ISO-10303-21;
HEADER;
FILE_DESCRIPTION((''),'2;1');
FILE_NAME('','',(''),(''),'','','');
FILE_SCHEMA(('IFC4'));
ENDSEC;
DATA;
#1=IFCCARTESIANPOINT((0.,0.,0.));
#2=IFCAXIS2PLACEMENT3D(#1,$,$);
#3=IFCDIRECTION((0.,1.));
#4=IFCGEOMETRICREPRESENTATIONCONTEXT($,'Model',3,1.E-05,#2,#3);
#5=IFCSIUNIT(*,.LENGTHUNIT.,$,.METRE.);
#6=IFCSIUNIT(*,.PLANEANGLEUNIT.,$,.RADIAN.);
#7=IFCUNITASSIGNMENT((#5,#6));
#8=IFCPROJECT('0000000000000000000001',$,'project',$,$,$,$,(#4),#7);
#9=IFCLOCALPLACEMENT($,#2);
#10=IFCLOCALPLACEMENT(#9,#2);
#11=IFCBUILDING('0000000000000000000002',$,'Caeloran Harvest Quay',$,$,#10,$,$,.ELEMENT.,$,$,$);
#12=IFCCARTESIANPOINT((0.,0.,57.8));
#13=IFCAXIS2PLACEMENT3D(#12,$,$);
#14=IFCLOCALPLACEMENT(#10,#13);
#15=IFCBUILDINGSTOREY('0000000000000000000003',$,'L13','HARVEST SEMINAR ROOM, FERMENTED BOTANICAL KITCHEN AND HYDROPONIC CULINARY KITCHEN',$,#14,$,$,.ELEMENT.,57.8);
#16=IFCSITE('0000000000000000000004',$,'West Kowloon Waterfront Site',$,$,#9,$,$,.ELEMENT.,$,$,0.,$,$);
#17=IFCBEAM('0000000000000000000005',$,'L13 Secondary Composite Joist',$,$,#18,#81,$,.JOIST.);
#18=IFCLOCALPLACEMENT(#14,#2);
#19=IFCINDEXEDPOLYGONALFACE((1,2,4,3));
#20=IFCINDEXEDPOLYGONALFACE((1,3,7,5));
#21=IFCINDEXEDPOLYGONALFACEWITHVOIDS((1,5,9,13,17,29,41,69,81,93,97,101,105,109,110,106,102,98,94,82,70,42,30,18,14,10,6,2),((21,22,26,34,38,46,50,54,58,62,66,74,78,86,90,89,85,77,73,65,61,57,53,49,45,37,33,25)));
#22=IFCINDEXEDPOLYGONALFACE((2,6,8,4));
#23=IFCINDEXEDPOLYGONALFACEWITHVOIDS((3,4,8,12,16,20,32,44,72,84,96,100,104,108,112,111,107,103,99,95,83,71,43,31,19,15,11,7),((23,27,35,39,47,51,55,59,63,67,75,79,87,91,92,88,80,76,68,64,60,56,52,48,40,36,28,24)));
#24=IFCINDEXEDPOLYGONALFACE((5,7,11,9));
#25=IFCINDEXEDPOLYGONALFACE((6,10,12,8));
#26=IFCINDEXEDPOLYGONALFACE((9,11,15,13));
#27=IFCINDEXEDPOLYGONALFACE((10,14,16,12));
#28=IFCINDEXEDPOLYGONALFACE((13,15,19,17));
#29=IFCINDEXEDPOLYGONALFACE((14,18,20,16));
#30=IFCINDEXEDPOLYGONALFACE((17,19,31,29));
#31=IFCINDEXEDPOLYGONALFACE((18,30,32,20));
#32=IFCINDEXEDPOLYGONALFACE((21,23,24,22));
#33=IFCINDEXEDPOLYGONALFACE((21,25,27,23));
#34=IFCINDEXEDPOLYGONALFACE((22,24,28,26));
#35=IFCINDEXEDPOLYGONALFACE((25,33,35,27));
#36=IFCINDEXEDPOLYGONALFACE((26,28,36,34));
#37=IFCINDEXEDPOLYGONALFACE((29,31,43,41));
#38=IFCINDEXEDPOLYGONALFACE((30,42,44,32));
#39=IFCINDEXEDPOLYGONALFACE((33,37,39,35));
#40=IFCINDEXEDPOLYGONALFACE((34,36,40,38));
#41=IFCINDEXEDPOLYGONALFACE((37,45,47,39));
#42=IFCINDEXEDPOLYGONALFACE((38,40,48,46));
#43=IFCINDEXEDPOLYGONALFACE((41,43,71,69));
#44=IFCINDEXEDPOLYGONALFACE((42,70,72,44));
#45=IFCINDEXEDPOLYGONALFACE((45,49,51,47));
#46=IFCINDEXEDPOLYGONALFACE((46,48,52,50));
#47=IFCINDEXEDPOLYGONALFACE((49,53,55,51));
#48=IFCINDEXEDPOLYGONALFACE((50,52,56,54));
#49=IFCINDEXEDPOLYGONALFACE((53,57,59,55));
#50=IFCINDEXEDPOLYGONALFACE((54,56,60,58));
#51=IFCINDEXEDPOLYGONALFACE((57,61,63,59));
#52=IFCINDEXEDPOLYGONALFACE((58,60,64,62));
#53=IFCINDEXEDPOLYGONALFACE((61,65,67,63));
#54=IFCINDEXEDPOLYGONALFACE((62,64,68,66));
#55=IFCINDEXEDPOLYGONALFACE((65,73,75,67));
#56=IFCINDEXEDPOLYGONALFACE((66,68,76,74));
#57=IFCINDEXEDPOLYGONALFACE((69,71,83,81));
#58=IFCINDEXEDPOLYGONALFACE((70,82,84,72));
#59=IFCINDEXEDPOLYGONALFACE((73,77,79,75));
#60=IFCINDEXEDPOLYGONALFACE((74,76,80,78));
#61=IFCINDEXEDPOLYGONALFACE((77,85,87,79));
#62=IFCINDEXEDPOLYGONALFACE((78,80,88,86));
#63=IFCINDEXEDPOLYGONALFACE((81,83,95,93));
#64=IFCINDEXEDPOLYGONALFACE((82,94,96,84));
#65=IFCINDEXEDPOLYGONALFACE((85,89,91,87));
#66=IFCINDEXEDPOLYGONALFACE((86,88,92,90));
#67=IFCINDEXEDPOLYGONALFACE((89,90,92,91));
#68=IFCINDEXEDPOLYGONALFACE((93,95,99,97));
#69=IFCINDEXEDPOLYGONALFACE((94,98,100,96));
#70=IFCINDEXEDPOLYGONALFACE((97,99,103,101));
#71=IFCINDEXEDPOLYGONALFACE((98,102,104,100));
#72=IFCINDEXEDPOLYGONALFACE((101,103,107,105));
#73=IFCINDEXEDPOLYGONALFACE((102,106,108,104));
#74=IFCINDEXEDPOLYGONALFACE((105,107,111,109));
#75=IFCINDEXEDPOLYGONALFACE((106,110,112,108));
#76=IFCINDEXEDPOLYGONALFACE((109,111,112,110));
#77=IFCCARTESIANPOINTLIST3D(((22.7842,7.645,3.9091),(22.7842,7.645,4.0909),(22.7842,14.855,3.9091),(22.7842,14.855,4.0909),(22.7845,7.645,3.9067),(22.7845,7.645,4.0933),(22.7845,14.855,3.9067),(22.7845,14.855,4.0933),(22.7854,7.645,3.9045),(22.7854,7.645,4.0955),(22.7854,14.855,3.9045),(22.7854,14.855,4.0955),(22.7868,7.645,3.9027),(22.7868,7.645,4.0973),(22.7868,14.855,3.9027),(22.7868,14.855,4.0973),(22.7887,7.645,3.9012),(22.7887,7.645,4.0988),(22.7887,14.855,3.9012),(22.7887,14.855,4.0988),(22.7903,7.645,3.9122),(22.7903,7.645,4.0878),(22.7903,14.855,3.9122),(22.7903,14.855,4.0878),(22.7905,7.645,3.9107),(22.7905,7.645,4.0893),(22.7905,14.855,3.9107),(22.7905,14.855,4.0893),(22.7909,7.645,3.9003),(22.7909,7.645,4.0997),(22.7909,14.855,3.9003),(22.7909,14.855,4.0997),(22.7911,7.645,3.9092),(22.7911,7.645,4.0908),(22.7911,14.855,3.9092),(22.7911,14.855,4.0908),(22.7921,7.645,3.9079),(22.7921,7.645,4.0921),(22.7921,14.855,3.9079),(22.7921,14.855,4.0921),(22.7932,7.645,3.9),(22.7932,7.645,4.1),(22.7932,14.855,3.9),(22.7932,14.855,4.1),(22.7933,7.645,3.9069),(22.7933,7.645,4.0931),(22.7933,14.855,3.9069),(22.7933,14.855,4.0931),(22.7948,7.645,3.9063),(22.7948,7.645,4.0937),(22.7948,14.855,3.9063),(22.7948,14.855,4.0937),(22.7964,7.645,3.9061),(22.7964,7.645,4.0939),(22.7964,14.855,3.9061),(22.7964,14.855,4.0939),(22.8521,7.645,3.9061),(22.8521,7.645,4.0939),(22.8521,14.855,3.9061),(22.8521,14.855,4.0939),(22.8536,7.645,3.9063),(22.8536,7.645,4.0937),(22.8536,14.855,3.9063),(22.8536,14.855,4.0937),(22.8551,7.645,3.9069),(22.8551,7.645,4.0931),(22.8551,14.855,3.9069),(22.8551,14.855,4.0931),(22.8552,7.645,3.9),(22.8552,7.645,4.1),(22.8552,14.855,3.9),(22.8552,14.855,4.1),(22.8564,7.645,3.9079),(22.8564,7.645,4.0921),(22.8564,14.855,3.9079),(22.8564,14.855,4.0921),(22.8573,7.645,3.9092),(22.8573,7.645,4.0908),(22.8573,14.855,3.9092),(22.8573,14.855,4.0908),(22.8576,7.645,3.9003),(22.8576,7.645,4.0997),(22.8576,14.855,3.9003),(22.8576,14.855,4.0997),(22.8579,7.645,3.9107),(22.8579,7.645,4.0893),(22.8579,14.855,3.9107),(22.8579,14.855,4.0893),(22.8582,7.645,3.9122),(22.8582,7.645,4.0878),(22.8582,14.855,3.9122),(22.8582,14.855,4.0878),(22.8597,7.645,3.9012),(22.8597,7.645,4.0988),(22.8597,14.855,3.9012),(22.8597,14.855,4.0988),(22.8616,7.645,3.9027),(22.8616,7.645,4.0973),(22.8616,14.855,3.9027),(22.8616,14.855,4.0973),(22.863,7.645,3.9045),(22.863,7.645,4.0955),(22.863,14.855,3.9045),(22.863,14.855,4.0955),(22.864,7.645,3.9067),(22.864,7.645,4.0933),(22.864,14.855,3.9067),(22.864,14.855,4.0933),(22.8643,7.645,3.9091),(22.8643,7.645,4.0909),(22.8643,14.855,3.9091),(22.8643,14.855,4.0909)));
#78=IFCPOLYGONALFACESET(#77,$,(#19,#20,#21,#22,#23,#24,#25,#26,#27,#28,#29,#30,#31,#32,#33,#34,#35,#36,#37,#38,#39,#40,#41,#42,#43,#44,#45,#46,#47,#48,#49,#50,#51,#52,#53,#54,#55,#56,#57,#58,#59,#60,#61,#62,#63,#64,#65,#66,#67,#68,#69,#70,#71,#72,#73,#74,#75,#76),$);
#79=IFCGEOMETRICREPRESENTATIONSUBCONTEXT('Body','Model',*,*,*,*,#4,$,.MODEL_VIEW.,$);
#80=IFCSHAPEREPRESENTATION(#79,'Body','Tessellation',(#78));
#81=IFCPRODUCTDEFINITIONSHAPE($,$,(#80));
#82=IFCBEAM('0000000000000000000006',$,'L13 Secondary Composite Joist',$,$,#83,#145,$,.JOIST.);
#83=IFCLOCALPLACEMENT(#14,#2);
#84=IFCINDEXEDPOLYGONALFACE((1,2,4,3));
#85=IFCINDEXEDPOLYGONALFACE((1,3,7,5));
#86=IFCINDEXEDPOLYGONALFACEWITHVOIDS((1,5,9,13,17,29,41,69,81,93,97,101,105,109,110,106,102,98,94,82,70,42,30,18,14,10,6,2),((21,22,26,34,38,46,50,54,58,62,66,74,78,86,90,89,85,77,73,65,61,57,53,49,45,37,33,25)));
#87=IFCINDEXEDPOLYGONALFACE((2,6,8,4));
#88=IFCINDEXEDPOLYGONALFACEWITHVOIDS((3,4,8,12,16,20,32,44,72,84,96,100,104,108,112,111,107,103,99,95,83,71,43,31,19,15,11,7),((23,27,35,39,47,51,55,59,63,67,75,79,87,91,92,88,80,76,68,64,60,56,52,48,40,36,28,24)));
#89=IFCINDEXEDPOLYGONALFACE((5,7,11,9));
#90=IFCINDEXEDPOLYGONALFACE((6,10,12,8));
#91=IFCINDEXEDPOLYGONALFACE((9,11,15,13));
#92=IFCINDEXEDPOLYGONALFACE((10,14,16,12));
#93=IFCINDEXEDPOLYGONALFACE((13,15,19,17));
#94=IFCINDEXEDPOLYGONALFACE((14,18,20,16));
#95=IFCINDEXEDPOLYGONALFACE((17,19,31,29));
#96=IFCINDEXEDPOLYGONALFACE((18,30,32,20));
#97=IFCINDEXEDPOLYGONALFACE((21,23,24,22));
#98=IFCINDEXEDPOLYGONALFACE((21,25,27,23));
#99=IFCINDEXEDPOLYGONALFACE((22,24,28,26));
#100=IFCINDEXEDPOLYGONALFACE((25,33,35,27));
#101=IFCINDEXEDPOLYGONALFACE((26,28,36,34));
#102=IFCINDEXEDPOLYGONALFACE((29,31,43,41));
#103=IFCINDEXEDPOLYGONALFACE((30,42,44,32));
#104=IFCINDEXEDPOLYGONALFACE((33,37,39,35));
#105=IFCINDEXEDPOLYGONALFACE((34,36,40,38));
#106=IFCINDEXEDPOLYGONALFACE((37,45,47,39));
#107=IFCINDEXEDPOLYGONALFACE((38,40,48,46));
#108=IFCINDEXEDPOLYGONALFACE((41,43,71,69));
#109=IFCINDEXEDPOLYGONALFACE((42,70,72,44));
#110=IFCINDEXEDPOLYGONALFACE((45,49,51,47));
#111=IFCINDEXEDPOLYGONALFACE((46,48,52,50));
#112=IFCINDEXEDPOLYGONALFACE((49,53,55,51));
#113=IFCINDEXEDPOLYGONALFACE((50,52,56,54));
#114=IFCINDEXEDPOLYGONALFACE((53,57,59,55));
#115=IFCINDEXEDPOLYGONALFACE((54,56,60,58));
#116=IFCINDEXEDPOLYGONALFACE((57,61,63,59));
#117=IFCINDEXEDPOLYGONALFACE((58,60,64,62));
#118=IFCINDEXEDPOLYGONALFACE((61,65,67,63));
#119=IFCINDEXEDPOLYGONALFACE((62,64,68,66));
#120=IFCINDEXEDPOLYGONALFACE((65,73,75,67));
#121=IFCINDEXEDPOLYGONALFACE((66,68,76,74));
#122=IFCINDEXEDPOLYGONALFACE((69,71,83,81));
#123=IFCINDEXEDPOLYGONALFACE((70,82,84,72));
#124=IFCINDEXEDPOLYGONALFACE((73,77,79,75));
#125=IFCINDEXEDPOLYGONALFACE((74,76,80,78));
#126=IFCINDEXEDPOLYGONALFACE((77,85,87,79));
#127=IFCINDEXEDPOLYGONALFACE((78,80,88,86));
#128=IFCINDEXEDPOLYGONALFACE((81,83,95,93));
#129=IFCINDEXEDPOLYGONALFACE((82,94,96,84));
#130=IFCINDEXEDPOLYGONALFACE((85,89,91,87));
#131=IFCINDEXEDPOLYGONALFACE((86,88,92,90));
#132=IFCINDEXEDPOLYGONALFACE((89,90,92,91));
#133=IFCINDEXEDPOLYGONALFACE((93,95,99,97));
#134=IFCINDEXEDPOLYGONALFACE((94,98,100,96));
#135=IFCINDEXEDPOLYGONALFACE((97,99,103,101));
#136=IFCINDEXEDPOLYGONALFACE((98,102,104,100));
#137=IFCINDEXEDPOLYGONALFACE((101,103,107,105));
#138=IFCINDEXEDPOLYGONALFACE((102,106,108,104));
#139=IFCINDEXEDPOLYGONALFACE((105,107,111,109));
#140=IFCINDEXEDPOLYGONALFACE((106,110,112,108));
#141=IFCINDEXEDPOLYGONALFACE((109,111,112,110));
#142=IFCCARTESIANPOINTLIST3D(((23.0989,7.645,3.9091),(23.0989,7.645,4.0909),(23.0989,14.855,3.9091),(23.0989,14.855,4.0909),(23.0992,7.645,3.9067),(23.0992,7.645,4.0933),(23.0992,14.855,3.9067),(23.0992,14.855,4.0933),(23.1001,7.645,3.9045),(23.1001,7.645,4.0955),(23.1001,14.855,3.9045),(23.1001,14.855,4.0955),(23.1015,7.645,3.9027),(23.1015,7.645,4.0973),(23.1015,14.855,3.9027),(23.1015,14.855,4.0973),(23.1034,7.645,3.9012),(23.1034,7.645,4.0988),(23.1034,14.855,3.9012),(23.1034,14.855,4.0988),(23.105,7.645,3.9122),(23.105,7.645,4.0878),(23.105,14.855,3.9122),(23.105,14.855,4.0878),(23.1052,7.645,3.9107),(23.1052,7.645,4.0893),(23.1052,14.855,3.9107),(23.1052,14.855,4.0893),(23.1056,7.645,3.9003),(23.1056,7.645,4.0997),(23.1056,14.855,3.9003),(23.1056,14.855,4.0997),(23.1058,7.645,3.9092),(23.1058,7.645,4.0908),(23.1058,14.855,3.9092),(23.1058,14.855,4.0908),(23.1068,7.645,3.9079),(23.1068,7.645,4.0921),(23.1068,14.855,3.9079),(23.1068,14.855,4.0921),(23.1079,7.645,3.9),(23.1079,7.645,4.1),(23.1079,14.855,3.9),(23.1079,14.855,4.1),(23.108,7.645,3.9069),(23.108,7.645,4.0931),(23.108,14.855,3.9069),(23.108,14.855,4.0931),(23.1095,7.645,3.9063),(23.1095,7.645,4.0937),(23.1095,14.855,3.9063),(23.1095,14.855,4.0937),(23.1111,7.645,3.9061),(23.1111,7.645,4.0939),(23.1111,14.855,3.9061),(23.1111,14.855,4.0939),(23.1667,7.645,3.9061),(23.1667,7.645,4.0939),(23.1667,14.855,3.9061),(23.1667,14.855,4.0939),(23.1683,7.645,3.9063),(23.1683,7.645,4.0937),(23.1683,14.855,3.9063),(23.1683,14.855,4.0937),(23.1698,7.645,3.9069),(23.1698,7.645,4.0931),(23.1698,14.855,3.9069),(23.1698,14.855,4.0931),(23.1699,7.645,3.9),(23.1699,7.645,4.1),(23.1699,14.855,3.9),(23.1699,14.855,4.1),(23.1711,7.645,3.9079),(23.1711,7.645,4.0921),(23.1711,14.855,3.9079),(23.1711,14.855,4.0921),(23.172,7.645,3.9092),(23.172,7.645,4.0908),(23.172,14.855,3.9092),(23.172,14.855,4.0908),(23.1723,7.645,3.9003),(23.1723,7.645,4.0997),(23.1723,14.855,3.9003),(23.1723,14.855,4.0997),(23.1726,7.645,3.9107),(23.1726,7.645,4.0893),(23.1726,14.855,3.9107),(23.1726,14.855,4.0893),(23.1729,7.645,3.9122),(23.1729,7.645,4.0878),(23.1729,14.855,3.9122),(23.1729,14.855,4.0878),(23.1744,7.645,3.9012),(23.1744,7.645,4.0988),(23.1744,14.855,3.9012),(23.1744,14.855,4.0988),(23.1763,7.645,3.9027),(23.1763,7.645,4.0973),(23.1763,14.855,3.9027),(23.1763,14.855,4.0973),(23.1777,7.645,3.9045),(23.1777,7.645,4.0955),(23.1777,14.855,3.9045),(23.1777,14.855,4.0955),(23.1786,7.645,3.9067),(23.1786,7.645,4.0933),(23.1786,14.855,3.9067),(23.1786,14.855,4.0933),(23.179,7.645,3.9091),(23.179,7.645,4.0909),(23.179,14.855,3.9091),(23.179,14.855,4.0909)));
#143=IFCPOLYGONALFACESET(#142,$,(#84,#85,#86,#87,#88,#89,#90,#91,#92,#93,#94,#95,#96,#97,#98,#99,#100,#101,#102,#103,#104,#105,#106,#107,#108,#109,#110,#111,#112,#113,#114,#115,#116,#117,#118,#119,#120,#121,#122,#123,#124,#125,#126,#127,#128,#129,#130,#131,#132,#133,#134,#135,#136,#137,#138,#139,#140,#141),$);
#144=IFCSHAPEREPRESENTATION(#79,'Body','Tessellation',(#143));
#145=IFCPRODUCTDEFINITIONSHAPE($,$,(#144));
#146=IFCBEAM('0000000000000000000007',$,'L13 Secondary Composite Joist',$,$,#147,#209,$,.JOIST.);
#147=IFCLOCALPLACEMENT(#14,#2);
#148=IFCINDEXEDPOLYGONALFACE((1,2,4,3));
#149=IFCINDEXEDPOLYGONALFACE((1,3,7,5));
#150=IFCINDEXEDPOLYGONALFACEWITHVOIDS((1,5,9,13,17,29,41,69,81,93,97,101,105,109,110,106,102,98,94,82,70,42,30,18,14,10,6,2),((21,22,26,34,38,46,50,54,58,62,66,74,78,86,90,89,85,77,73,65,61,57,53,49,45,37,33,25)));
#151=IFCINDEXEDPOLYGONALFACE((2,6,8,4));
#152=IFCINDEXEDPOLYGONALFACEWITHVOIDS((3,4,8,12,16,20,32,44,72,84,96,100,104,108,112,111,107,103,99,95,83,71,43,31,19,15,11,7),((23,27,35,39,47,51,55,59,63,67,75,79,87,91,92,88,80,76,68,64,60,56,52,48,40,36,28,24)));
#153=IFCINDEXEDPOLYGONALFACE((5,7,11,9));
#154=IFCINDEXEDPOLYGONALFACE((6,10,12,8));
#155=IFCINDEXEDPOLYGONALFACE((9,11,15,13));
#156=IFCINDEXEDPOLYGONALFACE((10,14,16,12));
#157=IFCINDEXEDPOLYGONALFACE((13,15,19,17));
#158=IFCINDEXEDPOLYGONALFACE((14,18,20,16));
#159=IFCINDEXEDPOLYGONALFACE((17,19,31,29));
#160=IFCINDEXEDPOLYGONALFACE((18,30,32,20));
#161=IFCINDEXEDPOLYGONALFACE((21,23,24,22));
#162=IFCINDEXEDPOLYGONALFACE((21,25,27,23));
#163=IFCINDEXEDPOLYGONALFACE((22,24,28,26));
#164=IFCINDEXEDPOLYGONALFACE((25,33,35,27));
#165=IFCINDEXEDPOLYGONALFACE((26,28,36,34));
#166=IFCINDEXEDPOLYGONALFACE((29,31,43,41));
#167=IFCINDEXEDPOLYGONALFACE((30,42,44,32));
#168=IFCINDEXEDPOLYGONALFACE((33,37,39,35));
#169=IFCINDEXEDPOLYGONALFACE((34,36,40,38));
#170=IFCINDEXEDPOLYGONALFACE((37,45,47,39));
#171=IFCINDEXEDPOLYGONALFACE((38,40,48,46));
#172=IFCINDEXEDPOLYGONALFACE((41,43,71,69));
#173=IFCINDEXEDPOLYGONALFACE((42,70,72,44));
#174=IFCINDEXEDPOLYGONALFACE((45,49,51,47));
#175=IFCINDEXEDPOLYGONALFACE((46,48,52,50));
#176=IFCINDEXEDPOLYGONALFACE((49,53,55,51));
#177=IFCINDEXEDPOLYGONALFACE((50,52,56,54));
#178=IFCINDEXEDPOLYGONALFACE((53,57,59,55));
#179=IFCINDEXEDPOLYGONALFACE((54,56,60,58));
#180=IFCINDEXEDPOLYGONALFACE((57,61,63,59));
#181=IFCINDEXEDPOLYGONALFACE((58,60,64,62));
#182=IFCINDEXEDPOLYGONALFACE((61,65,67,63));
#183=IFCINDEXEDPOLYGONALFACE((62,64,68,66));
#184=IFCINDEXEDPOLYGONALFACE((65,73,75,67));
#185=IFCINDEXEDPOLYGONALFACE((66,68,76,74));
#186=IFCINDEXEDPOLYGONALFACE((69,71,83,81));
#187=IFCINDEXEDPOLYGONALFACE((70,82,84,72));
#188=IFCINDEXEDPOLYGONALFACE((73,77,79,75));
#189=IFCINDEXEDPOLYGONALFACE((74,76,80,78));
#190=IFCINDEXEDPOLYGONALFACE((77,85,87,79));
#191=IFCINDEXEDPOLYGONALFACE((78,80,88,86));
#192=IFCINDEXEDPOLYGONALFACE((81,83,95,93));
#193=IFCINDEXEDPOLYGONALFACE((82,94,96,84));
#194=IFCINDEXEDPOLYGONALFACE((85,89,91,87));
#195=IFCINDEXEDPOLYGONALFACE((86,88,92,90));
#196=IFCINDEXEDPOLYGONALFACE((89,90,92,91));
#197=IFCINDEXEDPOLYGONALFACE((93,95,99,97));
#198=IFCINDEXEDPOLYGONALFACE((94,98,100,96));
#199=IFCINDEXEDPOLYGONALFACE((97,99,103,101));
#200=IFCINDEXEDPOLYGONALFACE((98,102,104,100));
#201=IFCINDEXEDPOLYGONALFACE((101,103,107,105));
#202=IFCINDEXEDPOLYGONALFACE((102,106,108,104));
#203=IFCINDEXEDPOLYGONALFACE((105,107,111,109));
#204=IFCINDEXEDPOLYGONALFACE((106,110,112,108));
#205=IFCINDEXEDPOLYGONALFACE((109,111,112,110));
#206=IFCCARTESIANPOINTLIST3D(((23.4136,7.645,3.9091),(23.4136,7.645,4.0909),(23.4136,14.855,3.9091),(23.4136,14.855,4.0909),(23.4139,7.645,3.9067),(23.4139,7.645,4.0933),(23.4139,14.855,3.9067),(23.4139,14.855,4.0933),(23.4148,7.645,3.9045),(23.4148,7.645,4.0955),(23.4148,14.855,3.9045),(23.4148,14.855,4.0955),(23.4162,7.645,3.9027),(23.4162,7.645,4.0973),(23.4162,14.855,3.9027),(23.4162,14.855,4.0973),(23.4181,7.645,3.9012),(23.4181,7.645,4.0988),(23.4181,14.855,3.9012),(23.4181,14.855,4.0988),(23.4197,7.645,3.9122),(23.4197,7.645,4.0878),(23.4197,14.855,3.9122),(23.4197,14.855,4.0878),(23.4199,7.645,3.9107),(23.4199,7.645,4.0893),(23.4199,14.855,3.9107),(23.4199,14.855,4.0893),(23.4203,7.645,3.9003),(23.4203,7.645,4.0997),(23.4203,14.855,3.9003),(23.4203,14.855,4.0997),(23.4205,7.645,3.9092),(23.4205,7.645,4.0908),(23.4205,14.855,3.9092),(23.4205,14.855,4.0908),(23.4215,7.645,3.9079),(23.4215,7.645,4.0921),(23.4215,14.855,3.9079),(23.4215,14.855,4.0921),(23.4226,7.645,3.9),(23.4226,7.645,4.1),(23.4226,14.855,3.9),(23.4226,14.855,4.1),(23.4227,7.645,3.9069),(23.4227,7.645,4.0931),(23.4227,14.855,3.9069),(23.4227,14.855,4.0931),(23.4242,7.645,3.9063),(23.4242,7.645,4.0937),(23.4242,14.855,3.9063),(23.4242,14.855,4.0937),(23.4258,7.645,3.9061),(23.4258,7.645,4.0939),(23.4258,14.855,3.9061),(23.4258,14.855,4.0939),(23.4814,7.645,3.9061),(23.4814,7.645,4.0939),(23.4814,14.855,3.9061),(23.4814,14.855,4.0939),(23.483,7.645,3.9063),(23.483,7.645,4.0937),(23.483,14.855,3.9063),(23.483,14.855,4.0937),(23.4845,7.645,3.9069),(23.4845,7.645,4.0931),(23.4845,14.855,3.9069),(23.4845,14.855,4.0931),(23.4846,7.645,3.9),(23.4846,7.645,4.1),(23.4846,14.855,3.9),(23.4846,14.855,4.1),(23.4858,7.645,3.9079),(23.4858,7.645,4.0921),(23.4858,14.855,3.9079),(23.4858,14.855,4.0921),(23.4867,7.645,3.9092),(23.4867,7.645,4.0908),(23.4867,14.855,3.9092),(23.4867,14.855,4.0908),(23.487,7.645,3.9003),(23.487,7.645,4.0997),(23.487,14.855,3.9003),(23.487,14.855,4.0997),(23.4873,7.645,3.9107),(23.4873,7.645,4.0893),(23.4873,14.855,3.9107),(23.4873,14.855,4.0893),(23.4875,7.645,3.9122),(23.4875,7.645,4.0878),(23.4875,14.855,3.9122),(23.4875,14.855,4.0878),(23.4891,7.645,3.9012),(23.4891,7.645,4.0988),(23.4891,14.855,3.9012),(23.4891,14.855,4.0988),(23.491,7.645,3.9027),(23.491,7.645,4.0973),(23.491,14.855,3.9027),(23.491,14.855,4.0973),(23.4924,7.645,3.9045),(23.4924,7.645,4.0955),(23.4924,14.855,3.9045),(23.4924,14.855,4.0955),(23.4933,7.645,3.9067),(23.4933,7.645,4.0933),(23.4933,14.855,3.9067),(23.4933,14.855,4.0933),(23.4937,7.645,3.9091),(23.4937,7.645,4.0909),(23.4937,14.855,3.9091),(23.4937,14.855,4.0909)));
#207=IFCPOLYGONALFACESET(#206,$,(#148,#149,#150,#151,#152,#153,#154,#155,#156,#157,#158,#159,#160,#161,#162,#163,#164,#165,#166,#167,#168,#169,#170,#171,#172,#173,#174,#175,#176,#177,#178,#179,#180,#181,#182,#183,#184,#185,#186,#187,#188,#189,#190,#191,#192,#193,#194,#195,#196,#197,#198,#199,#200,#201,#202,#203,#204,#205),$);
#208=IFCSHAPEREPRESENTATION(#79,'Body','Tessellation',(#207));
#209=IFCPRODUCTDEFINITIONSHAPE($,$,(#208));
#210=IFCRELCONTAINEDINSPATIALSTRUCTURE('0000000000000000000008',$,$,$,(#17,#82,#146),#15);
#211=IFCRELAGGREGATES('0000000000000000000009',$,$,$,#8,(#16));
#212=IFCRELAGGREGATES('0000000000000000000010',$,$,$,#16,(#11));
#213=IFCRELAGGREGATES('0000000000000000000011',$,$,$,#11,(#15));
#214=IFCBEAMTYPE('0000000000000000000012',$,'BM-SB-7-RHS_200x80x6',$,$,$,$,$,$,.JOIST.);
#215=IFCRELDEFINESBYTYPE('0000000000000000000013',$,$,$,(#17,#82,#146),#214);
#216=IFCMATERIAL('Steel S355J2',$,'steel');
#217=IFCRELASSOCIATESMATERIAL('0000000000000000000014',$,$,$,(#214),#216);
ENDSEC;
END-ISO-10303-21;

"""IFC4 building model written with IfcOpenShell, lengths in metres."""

from ifc_helpers import new_model, si_unit, direction, frame, origin, origin_2d, place, context, subcontext, project, spatial, hollow_rectangle, extrude, material, material_profile, profile_set, type_object, element, save


model = new_model("IFC4")

# Units and contexts
model_context = context("Model", 3, precision=1e-05, world=origin(), true_north=direction((0.0, 1.0)))
body_context = subcontext(model_context, "Body", "Model", "MODEL_VIEW")
ifc_project = project(units=[si_unit("LENGTHUNIT", "METRE"), si_unit("PLANEANGLEUNIT", "RADIAN")], contexts=[model_context])

# Site, building, storey
site_placement = place(None, origin())
site = spatial("IfcSite", under=ifc_project, at=site_placement, Name="West Kowloon Waterfront Site", CompositionType="ELEMENT", RefElevation=0.0)
building_placement = place(site_placement, origin())
building = spatial("IfcBuilding", under=site, at=building_placement, Name="Caeloran Harvest Quay", CompositionType="ELEMENT")
storey_placement = place(building_placement, frame((0.0, 0.0, 57.8)))
storey = spatial("IfcBuildingStorey", under=building, at=storey_placement, Name="L13", Description="HARVEST SEMINAR ROOM, FERMENTED BOTANICAL KITCHEN AND HYDROPONIC CULINARY KITCHEN", CompositionType="ELEMENT", Elevation=57.8)

# Beams
ifc_material_1 = material(Name="Steel S355J2", Category="steel")
ifc_material_profile_1 = material_profile(ifc_material_1, hollow_rectangle(XDim=0.0801, YDim=0.2, WallThickness=0.0061, InnerFilletRadius=0.0061, OuterFilletRadius=0.009, at=origin_2d()), Name="RHS 200x80x6")
ifc_profile_set_1 = profile_set([ifc_material_profile_1], Name="Steel S355J2")
beam_type_1 = type_object("IfcBeamType", Name="BM-SB-7-RHS_200x80x6", PredefinedType="JOIST", material=ifc_profile_set_1)
for number, where, z_axis, x_axis, name in (
    (1, (22.8242, 7.645, 4.0), (0.0, 1.0, 0.0), (-1.0, 0.0, 0.0), "L13 Secondary Composite Joist"),
    (2, (23.1389, 7.645, 4.0), (0.0, 1.0, 0.0), (-1.0, 0.0, 0.0), "L13 Secondary Composite Joist"),
    (3, (23.4536, 7.645, 4.0), (0.0, 1.0, 0.0), (-1.0, 0.0, 0.0), "L13 Secondary Composite Joist"),
):
    element("IfcBeam", number, at=place(storey_placement, frame(where, z_axis=z_axis, x_axis=x_axis)), inside=storey, type_object=beam_type_1, Name=name, PredefinedType="JOIST", context=body_context, shape_type="SweptSolid", body=[
        extrude(hollow_rectangle(XDim=0.0801, YDim=0.2, WallThickness=0.0061, InnerFilletRadius=0.0061, OuterFilletRadius=0.009, at=origin_2d()), origin(), (0.0, 0.0, 1.0), 7.21),
    ])

save(model, "model.ifc")
